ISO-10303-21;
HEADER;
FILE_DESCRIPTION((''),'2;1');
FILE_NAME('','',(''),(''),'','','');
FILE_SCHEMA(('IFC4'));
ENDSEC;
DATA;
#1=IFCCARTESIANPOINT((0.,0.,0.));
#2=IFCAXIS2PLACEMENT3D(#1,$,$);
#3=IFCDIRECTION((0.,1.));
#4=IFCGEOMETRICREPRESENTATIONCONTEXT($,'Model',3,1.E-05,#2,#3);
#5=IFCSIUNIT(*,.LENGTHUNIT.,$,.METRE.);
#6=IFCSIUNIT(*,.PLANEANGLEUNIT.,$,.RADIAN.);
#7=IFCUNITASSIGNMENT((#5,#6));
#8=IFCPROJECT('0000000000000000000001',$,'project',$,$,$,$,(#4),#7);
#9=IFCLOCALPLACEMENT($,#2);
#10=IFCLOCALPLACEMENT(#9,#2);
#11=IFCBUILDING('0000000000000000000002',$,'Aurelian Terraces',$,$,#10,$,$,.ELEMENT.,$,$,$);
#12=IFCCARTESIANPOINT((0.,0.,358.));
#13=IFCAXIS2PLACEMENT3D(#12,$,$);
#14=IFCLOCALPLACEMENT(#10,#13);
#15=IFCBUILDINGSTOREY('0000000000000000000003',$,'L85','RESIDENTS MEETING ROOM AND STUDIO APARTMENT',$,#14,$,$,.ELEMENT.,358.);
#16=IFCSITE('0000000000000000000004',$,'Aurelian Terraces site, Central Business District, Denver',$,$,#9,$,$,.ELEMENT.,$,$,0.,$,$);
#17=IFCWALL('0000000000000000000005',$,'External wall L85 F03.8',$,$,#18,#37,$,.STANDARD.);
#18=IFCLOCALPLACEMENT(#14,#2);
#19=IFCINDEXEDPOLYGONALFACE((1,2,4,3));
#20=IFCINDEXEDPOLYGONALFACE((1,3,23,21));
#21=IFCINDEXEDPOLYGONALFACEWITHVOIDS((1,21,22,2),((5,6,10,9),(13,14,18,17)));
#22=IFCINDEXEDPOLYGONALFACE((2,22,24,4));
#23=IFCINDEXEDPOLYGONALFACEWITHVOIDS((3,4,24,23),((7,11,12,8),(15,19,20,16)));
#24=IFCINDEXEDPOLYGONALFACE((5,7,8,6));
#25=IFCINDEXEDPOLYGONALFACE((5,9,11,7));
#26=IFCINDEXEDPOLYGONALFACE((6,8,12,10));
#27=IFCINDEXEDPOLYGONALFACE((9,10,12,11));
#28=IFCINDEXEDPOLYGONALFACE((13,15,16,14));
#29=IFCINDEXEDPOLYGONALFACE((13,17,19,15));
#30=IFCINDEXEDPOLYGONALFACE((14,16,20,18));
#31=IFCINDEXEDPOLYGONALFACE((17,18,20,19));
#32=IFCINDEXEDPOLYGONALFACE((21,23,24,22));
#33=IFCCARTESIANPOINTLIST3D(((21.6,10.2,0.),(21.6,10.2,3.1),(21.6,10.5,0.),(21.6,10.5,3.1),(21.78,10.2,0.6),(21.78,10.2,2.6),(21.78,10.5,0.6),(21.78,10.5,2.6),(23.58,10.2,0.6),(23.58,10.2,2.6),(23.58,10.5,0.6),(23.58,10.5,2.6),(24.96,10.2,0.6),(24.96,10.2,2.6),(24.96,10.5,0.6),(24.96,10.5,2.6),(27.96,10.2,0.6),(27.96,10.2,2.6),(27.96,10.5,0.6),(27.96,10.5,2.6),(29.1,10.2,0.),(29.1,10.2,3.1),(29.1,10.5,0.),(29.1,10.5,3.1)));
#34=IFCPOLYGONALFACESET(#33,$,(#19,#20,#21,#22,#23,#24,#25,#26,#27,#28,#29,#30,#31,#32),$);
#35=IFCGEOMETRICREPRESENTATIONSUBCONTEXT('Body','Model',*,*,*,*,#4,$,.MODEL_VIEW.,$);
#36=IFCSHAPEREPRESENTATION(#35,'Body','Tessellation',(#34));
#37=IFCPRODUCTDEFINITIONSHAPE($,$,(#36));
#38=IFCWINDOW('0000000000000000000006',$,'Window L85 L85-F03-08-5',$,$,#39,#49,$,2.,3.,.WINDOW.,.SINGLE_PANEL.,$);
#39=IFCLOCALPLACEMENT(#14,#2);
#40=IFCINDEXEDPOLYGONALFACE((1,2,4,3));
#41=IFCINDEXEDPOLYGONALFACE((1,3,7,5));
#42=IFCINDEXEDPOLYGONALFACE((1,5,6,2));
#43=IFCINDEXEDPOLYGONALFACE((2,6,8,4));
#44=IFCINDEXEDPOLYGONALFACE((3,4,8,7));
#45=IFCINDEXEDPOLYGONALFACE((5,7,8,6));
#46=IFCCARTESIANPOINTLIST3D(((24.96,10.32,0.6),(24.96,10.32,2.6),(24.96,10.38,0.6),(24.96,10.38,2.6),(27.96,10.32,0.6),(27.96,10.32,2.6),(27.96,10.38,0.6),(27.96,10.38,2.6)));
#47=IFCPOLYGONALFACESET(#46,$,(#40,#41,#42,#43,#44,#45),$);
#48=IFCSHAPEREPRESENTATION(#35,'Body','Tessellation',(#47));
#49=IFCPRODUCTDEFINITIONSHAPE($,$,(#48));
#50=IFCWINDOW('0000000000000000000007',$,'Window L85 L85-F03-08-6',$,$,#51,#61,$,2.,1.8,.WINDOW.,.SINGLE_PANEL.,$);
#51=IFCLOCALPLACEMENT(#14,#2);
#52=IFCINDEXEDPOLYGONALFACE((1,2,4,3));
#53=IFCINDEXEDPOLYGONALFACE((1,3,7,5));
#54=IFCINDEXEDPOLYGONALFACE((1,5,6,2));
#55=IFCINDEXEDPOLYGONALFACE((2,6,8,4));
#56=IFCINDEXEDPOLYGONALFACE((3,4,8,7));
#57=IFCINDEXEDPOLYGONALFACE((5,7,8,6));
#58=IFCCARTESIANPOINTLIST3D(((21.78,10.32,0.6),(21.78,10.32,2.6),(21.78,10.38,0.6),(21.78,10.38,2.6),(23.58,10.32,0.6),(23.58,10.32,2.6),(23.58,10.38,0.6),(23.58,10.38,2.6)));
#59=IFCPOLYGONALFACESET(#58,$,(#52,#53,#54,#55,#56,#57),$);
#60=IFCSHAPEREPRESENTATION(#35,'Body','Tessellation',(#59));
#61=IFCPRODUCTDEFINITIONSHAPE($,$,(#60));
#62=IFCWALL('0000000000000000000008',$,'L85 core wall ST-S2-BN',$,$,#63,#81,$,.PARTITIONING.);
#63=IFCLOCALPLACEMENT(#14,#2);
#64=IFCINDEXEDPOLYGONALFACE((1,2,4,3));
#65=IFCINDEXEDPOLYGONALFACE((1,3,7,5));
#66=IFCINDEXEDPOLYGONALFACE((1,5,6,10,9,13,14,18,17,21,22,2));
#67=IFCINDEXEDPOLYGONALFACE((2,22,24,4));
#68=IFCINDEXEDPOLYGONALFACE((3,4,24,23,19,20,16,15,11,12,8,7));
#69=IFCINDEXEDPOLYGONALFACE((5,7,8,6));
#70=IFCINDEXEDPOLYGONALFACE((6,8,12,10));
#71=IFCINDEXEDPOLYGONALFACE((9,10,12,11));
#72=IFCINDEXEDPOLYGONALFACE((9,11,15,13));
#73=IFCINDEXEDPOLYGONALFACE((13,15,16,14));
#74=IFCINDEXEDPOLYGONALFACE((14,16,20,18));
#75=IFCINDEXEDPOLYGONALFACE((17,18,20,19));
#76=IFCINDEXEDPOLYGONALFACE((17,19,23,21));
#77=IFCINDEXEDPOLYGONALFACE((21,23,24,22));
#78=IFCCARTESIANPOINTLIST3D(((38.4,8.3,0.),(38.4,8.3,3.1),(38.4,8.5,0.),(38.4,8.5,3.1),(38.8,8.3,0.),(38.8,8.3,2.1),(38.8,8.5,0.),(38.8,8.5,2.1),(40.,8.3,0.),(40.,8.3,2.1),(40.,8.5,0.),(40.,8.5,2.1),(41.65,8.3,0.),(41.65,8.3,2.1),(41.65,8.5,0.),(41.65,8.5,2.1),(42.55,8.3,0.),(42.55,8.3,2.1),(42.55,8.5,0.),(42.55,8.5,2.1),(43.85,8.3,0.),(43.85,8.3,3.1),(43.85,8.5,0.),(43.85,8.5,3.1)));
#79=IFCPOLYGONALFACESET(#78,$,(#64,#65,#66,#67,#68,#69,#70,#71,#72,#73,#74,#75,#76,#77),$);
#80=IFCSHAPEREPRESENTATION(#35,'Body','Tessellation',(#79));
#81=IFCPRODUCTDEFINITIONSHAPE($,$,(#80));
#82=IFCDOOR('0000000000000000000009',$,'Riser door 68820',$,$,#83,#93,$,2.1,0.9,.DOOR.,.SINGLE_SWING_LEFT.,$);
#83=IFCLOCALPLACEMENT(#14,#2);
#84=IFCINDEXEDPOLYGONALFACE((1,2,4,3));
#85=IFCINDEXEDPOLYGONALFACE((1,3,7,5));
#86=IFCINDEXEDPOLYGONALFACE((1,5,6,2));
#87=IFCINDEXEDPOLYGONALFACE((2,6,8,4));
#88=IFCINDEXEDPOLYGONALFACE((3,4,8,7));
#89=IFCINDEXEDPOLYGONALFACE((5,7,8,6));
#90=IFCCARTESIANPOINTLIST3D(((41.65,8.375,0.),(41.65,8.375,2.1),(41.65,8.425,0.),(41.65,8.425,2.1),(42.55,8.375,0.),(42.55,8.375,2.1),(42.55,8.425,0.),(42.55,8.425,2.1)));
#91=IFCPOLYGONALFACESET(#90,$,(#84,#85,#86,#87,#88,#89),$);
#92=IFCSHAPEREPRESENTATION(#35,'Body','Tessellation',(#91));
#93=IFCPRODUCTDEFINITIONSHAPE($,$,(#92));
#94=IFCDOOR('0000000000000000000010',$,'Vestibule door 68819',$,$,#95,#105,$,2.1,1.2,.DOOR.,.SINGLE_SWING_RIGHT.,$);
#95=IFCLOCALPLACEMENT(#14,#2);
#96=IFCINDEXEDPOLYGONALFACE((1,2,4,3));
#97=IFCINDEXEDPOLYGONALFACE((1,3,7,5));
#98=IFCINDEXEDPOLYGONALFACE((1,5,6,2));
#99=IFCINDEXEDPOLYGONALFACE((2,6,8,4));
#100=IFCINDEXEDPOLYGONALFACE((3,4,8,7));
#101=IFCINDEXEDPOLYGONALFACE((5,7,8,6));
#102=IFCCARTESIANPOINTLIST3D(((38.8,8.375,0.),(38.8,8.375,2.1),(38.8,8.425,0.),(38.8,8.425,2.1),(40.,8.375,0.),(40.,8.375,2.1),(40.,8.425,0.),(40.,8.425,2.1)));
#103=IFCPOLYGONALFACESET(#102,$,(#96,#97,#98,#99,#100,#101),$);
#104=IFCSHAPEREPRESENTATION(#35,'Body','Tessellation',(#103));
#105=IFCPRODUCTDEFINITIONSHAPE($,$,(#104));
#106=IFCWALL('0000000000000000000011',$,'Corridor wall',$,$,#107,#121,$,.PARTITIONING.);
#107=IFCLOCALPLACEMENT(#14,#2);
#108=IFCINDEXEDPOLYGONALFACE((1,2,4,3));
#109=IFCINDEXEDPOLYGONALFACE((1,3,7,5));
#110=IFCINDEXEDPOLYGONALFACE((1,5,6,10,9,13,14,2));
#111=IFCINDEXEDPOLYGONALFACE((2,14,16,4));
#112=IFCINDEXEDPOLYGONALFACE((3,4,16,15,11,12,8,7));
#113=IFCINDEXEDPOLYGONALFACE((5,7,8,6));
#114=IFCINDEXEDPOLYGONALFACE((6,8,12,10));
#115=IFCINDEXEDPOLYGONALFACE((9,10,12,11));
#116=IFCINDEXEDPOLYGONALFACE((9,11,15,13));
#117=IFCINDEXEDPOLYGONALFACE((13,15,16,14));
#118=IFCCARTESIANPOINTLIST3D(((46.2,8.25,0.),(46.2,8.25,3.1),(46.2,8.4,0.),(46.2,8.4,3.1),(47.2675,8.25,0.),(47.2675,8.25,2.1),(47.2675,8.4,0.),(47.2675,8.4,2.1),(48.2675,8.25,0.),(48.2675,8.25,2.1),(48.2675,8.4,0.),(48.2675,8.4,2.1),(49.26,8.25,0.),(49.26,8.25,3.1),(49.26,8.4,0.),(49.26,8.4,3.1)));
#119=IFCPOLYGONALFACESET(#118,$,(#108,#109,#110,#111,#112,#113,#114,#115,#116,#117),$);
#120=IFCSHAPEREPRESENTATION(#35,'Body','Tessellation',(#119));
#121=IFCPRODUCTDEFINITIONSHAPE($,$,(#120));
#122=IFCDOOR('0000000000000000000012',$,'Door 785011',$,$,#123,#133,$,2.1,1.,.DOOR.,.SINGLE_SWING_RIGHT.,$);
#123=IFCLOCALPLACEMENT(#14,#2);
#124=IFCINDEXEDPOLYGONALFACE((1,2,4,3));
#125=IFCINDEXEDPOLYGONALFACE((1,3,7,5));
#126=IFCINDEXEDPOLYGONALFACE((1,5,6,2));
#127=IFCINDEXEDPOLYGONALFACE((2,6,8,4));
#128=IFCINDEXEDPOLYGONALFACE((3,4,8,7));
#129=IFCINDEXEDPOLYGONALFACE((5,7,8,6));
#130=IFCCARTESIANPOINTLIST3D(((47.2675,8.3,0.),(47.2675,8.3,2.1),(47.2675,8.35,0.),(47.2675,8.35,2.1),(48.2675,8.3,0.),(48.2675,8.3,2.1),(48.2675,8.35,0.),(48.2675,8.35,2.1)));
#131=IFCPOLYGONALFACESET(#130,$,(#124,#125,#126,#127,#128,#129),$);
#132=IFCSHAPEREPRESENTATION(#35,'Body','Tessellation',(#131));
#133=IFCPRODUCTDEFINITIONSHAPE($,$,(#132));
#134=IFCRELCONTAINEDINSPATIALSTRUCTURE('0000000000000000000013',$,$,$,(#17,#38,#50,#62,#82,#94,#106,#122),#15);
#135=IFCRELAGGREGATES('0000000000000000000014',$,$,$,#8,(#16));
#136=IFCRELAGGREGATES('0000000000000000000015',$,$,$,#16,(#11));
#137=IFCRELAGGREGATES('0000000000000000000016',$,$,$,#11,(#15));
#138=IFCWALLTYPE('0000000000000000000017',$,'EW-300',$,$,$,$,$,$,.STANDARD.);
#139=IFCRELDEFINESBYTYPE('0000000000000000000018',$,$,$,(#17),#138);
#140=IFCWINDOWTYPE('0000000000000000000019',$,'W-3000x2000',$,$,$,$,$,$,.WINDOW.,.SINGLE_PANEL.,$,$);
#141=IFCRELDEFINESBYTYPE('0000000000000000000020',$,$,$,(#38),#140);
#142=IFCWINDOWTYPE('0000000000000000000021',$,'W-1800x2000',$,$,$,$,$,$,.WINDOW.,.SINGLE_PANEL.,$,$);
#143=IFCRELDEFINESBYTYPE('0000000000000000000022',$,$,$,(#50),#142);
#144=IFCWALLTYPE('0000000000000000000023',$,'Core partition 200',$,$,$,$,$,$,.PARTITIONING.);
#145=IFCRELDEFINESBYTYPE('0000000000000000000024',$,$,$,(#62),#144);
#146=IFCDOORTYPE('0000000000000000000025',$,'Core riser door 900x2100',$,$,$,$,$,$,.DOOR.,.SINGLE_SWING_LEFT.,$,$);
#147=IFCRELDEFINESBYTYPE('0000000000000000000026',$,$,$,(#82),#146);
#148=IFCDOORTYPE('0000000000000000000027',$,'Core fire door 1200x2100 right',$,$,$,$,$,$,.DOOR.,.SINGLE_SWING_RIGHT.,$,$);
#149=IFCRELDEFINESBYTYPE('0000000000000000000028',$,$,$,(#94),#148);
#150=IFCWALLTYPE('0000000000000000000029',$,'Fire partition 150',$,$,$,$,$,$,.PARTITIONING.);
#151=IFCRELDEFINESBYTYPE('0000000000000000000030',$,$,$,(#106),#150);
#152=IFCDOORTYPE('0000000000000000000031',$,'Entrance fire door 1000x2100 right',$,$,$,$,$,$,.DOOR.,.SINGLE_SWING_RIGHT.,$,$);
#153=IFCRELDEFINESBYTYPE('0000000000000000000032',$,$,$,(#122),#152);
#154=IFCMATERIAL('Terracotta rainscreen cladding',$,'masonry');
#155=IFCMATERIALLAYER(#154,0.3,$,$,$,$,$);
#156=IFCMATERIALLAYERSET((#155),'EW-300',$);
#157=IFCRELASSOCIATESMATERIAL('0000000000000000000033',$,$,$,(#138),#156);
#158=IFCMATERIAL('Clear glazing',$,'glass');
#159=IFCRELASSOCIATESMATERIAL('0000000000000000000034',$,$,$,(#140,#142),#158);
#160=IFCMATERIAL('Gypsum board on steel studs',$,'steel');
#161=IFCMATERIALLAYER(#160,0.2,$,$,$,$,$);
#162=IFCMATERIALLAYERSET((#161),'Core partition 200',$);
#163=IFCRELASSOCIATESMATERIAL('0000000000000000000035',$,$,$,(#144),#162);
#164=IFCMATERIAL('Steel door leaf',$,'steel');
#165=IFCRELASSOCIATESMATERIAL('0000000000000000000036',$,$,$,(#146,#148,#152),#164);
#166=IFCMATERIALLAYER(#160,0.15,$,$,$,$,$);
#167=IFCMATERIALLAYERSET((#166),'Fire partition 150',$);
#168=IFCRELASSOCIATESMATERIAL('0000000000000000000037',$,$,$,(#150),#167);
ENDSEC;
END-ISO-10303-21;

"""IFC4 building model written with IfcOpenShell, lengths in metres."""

from ifc_helpers import new_model, si_unit, direction, frame, frame_2d, origin, place, context, subcontext, project, spatial, rectangle, extrude, source, transform, mapped, material, layer, layer_set, type_object, element, fill, save


model = new_model("IFC4")

# Units and contexts
model_context = context("Model", 3, precision=1e-05, world=origin(), true_north=direction((0.0, 1.0)))
body_context = subcontext(model_context, "Body", "Model", "MODEL_VIEW")
ifc_project = project(units=[si_unit("LENGTHUNIT", "METRE"), si_unit("PLANEANGLEUNIT", "RADIAN")], contexts=[model_context])

# Site, building, storey
site_placement = place(None, origin())
site = spatial("IfcSite", under=ifc_project, at=site_placement, Name="Aurelian Terraces site, Central Business District, Denver", CompositionType="ELEMENT", RefElevation=0.0)
building_placement = place(site_placement, origin())
building = spatial("IfcBuilding", under=site, at=building_placement, Name="Aurelian Terraces", CompositionType="ELEMENT")
storey_placement = place(building_placement, frame((0.0, 0.0, 358.0)))
storey = spatial("IfcBuildingStorey", under=building, at=storey_placement, Name="L85", Description="RESIDENTS MEETING ROOM AND STUDIO APARTMENT", CompositionType="ELEMENT", Elevation=358.0)

# Shared definitions
ifc_material_1 = material(Name="Terracotta rainscreen cladding", Category="masonry")
ifc_layer_1 = layer(ifc_material_1, 0.3)
ifc_layer_set_1 = layer_set([ifc_layer_1], Name="EW-300")
wall_type_1 = type_object("IfcWallType", Name="EW-300", PredefinedType="STANDARD", material=ifc_layer_set_1)
ifc_material_2 = material(Name="Clear glazing", Category="glass")

# Wall, openings, windows
shared_shape_1 = source(origin(), body_context, "Body", "SweptSolid", [
    extrude(rectangle(XDim=3.0, YDim=2.0, at=frame_2d((1.5, 1.0))), frame((0.0, 0.16, 0.0), z_axis=(0.0, -1.0, 0.0), x_axis=(1.0, 0.0, 0.0)), (0.0, 0.0, 1.0), 0.32),
])
window_type_1 = type_object("IfcWindowType", Name="W-3000x2000", PartitioningType="SINGLE_PANEL", PredefinedType="WINDOW", material=ifc_material_2)
shared_shape_2 = source(origin(), body_context, "Body", "SweptSolid", [
    extrude(rectangle(XDim=3.0, YDim=2.0, at=frame_2d((1.5, 1.0))), frame((0.0, 0.03, 0.0), z_axis=(0.0, -1.0, 0.0), x_axis=(1.0, 0.0, 0.0)), (0.0, 0.0, 1.0), 0.06),
])
shared_shape_3 = source(origin(), body_context, "Body", "SweptSolid", [
    extrude(rectangle(XDim=7.5, YDim=0.3, at=frame_2d((3.75, 0.0))), origin(), (0.0, 0.0, 1.0), 3.1),
])
wall_1_placement = place(storey_placement, frame((29.1, 10.35, 0.0), z_axis=(0.0, 0.0, 1.0), x_axis=(-1.0, 0.0, 0.0)))
wall_1 = element("IfcWall", 1, at=wall_1_placement, inside=storey, type_object=wall_type_1, Name="External wall L85 F03.8", PredefinedType="STANDARD", context=body_context, shape_type="MappedRepresentation", body=[
    mapped(shared_shape_3, transform((0.0, 0.0, 0.0), scale=1.0)),
])
opening_1_placement = place(wall_1_placement, frame((1.14, 0.0, 0.6)))
opening_1 = element("IfcOpeningElement", 2, at=opening_1_placement, cuts=wall_1, PredefinedType="OPENING", context=body_context, shape_type="MappedRepresentation", body=[
    mapped(shared_shape_1, transform((0.0, 0.0, 0.0), scale=1.0)),
])
shared_shape_4 = source(origin(), body_context, "Body", "SweptSolid", [
    extrude(rectangle(XDim=1.8, YDim=2.0, at=frame_2d((0.9, 1.0))), frame((0.0, 0.16, 0.0), z_axis=(0.0, -1.0, 0.0), x_axis=(1.0, 0.0, 0.0)), (0.0, 0.0, 1.0), 0.32),
])
opening_2_placement = place(wall_1_placement, frame((5.52, 0.0, 0.6)))
opening_2 = element("IfcOpeningElement", 3, at=opening_2_placement, cuts=wall_1, PredefinedType="OPENING", context=body_context, shape_type="MappedRepresentation", body=[
    mapped(shared_shape_4, transform((0.0, 0.0, 0.0), scale=1.0)),
])
window_1_placement = place(opening_1_placement, origin())
window_1 = element("IfcWindow", 4, at=window_1_placement, inside=storey, type_object=window_type_1, Name="Window L85 L85-F03-08-5", OverallHeight=2.0, OverallWidth=3.0, PartitioningType="SINGLE_PANEL", PredefinedType="WINDOW", context=body_context, shape_type="MappedRepresentation", body=[
    mapped(shared_shape_2, transform((0.0, 0.0, 0.0), scale=1.0)),
])
fill(opening_1, window_1)
window_type_2 = type_object("IfcWindowType", Name="W-1800x2000", PartitioningType="SINGLE_PANEL", PredefinedType="WINDOW", material=ifc_material_2)
shared_shape_5 = source(origin(), body_context, "Body", "SweptSolid", [
    extrude(rectangle(XDim=1.8, YDim=2.0, at=frame_2d((0.9, 1.0))), frame((0.0, 0.03, 0.0), z_axis=(0.0, -1.0, 0.0), x_axis=(1.0, 0.0, 0.0)), (0.0, 0.0, 1.0), 0.06),
])
window_2_placement = place(opening_2_placement, origin())
window_2 = element("IfcWindow", 5, at=window_2_placement, inside=storey, type_object=window_type_2, Name="Window L85 L85-F03-08-6", OverallHeight=2.0, OverallWidth=1.8, PartitioningType="SINGLE_PANEL", PredefinedType="WINDOW", context=body_context, shape_type="MappedRepresentation", body=[
    mapped(shared_shape_5, transform((0.0, 0.0, 0.0), scale=1.0)),
])
fill(opening_2, window_2)

# Wall, openings, doors
ifc_material_3 = material(Name="Gypsum board on steel studs", Category="steel")
ifc_layer_2 = layer(ifc_material_3, 0.2)
ifc_layer_set_2 = layer_set([ifc_layer_2], Name="Core partition 200")
wall_type_2 = type_object("IfcWallType", Name="Core partition 200", PredefinedType="PARTITIONING", material=ifc_layer_set_2)
shared_shape_6 = source(origin(), body_context, "Body", "SweptSolid", [
    extrude(rectangle(XDim=5.45, YDim=0.2, at=frame_2d((2.725, 0.0))), origin(), (0.0, 0.0, 1.0), 3.1),
])
wall_2_placement = place(storey_placement, frame((38.4, 8.4, 0.0), z_axis=(0.0, 0.0, 1.0), x_axis=(1.0, 0.0, 0.0)))
wall_2 = element("IfcWall", 6, at=wall_2_placement, inside=storey, type_object=wall_type_2, Name="L85 core wall ST-S2-BN", PredefinedType="PARTITIONING", context=body_context, shape_type="MappedRepresentation", body=[
    mapped(shared_shape_6, transform((0.0, 0.0, 0.0), scale=1.0)),
])
shared_shape_7 = source(origin(), body_context, "Body", "SweptSolid", [
    extrude(rectangle(XDim=1.2, YDim=2.1, at=frame_2d((0.6, 1.05))), frame((0.0, 0.11, 0.0), z_axis=(0.0, -1.0, 0.0), x_axis=(1.0, 0.0, 0.0)), (0.0, 0.0, 1.0), 0.22),
])
opening_3_placement = place(wall_2_placement, frame((0.4, 0.0, 0.0)))
opening_3 = element("IfcOpeningElement", 7, at=opening_3_placement, cuts=wall_2, PredefinedType="OPENING", context=body_context, shape_type="MappedRepresentation", body=[
    mapped(shared_shape_7, transform((0.0, 0.0, 0.0), scale=1.0)),
])
shared_shape_8 = source(origin(), body_context, "Body", "SweptSolid", [
    extrude(rectangle(XDim=0.9, YDim=2.1, at=frame_2d((0.45, 1.05))), frame((0.0, 0.11, 0.0), z_axis=(0.0, -1.0, 0.0), x_axis=(1.0, 0.0, 0.0)), (0.0, 0.0, 1.0), 0.22),
])
opening_4_placement = place(wall_2_placement, frame((3.25, 0.0, 0.0)))
opening_4 = element("IfcOpeningElement", 8, at=opening_4_placement, cuts=wall_2, PredefinedType="OPENING", context=body_context, shape_type="MappedRepresentation", body=[
    mapped(shared_shape_8, transform((0.0, 0.0, 0.0), scale=1.0)),
])
ifc_material_4 = material(Name="Steel door leaf", Category="steel")
door_type_1 = type_object("IfcDoorType", Name="Core riser door 900x2100", OperationType="SINGLE_SWING_LEFT", PredefinedType="DOOR", material=ifc_material_4)
shared_shape_9 = source(origin(), body_context, "Body", "SweptSolid", [
    extrude(rectangle(XDim=0.9, YDim=2.1, at=frame_2d((0.45, 1.05))), frame((0.0, 0.025, 0.0), z_axis=(0.0, -1.0, 0.0), x_axis=(1.0, 0.0, 0.0)), (0.0, 0.0, 1.0), 0.05),
])
door_1_placement = place(opening_4_placement, origin())
door_1 = element("IfcDoor", 9, at=door_1_placement, inside=storey, type_object=door_type_1, Name="Riser door 68820", OperationType="SINGLE_SWING_LEFT", OverallHeight=2.1, OverallWidth=0.9, PredefinedType="DOOR", context=body_context, shape_type="MappedRepresentation", body=[
    mapped(shared_shape_9, transform((0.0, 0.0, 0.0), scale=1.0)),
])
fill(opening_4, door_1)
door_type_2 = type_object("IfcDoorType", Name="Core fire door 1200x2100 right", OperationType="SINGLE_SWING_RIGHT", PredefinedType="DOOR", material=ifc_material_4)
shared_shape_10 = source(origin(), body_context, "Body", "SweptSolid", [
    extrude(rectangle(XDim=1.2, YDim=2.1, at=frame_2d((0.6, 1.05))), frame((0.0, 0.025, 0.0), z_axis=(0.0, -1.0, 0.0), x_axis=(1.0, 0.0, 0.0)), (0.0, 0.0, 1.0), 0.05),
])
door_2_placement = place(opening_3_placement, origin())
door_2 = element("IfcDoor", 10, at=door_2_placement, inside=storey, type_object=door_type_2, Name="Vestibule door 68819", OperationType="SINGLE_SWING_RIGHT", OverallHeight=2.1, OverallWidth=1.2, PredefinedType="DOOR", context=body_context, shape_type="MappedRepresentation", body=[
    mapped(shared_shape_10, transform((0.0, 0.0, 0.0), scale=1.0)),
])
fill(opening_3, door_2)

# Wall, opening, door
ifc_layer_3 = layer(ifc_material_3, 0.15)
ifc_layer_set_3 = layer_set([ifc_layer_3], Name="Fire partition 150")
wall_type_3 = type_object("IfcWallType", Name="Fire partition 150", PredefinedType="PARTITIONING", material=ifc_layer_set_3)
shared_shape_11 = source(origin(), body_context, "Body", "SweptSolid", [
    extrude(rectangle(XDim=3.06, YDim=0.15, at=frame_2d((1.53, 0.0))), origin(), (0.0, 0.0, 1.0), 3.1),
])
wall_3_placement = place(storey_placement, frame((49.26, 8.325, 0.0), z_axis=(0.0, 0.0, 1.0), x_axis=(-1.0, 0.0, 0.0)))
wall_3 = element("IfcWall", 11, at=wall_3_placement, inside=storey, type_object=wall_type_3, Name="Corridor wall", PredefinedType="PARTITIONING", context=body_context, shape_type="MappedRepresentation", body=[
    mapped(shared_shape_11, transform((0.0, 0.0, 0.0), scale=1.0)),
])
shared_shape_12 = source(origin(), body_context, "Body", "SweptSolid", [
    extrude(rectangle(XDim=1.0, YDim=2.1, at=frame_2d((0.5, 1.05))), frame((0.0, 0.085, 0.0), z_axis=(0.0, -1.0, 0.0), x_axis=(1.0, 0.0, 0.0)), (0.0, 0.0, 1.0), 0.17),
])
opening_5_placement = place(wall_3_placement, frame((0.9925, 0.0, 0.0)))
opening_5 = element("IfcOpeningElement", 12, at=opening_5_placement, cuts=wall_3, PredefinedType="OPENING", context=body_context, shape_type="MappedRepresentation", body=[
    mapped(shared_shape_12, transform((0.0, 0.0, 0.0), scale=1.0)),
])
door_type_3 = type_object("IfcDoorType", Name="Entrance fire door 1000x2100 right", OperationType="SINGLE_SWING_RIGHT", PredefinedType="DOOR", material=ifc_material_4)
shared_shape_13 = source(origin(), body_context, "Body", "SweptSolid", [
    extrude(rectangle(XDim=1.0, YDim=2.1, at=frame_2d((0.5, 1.05))), frame((0.0, 0.025, 0.0), z_axis=(0.0, -1.0, 0.0), x_axis=(1.0, 0.0, 0.0)), (0.0, 0.0, 1.0), 0.05),
])
door_3_placement = place(opening_5_placement, origin())
door_3 = element("IfcDoor", 13, at=door_3_placement, inside=storey, type_object=door_type_3, Name="Door 785011", OperationType="SINGLE_SWING_RIGHT", OverallHeight=2.1, OverallWidth=1.0, PredefinedType="DOOR", context=body_context, shape_type="MappedRepresentation", body=[
    mapped(shared_shape_13, transform((0.0, 0.0, 0.0), scale=1.0)),
])
fill(opening_5, door_3)

save(model, "model.ifc")
